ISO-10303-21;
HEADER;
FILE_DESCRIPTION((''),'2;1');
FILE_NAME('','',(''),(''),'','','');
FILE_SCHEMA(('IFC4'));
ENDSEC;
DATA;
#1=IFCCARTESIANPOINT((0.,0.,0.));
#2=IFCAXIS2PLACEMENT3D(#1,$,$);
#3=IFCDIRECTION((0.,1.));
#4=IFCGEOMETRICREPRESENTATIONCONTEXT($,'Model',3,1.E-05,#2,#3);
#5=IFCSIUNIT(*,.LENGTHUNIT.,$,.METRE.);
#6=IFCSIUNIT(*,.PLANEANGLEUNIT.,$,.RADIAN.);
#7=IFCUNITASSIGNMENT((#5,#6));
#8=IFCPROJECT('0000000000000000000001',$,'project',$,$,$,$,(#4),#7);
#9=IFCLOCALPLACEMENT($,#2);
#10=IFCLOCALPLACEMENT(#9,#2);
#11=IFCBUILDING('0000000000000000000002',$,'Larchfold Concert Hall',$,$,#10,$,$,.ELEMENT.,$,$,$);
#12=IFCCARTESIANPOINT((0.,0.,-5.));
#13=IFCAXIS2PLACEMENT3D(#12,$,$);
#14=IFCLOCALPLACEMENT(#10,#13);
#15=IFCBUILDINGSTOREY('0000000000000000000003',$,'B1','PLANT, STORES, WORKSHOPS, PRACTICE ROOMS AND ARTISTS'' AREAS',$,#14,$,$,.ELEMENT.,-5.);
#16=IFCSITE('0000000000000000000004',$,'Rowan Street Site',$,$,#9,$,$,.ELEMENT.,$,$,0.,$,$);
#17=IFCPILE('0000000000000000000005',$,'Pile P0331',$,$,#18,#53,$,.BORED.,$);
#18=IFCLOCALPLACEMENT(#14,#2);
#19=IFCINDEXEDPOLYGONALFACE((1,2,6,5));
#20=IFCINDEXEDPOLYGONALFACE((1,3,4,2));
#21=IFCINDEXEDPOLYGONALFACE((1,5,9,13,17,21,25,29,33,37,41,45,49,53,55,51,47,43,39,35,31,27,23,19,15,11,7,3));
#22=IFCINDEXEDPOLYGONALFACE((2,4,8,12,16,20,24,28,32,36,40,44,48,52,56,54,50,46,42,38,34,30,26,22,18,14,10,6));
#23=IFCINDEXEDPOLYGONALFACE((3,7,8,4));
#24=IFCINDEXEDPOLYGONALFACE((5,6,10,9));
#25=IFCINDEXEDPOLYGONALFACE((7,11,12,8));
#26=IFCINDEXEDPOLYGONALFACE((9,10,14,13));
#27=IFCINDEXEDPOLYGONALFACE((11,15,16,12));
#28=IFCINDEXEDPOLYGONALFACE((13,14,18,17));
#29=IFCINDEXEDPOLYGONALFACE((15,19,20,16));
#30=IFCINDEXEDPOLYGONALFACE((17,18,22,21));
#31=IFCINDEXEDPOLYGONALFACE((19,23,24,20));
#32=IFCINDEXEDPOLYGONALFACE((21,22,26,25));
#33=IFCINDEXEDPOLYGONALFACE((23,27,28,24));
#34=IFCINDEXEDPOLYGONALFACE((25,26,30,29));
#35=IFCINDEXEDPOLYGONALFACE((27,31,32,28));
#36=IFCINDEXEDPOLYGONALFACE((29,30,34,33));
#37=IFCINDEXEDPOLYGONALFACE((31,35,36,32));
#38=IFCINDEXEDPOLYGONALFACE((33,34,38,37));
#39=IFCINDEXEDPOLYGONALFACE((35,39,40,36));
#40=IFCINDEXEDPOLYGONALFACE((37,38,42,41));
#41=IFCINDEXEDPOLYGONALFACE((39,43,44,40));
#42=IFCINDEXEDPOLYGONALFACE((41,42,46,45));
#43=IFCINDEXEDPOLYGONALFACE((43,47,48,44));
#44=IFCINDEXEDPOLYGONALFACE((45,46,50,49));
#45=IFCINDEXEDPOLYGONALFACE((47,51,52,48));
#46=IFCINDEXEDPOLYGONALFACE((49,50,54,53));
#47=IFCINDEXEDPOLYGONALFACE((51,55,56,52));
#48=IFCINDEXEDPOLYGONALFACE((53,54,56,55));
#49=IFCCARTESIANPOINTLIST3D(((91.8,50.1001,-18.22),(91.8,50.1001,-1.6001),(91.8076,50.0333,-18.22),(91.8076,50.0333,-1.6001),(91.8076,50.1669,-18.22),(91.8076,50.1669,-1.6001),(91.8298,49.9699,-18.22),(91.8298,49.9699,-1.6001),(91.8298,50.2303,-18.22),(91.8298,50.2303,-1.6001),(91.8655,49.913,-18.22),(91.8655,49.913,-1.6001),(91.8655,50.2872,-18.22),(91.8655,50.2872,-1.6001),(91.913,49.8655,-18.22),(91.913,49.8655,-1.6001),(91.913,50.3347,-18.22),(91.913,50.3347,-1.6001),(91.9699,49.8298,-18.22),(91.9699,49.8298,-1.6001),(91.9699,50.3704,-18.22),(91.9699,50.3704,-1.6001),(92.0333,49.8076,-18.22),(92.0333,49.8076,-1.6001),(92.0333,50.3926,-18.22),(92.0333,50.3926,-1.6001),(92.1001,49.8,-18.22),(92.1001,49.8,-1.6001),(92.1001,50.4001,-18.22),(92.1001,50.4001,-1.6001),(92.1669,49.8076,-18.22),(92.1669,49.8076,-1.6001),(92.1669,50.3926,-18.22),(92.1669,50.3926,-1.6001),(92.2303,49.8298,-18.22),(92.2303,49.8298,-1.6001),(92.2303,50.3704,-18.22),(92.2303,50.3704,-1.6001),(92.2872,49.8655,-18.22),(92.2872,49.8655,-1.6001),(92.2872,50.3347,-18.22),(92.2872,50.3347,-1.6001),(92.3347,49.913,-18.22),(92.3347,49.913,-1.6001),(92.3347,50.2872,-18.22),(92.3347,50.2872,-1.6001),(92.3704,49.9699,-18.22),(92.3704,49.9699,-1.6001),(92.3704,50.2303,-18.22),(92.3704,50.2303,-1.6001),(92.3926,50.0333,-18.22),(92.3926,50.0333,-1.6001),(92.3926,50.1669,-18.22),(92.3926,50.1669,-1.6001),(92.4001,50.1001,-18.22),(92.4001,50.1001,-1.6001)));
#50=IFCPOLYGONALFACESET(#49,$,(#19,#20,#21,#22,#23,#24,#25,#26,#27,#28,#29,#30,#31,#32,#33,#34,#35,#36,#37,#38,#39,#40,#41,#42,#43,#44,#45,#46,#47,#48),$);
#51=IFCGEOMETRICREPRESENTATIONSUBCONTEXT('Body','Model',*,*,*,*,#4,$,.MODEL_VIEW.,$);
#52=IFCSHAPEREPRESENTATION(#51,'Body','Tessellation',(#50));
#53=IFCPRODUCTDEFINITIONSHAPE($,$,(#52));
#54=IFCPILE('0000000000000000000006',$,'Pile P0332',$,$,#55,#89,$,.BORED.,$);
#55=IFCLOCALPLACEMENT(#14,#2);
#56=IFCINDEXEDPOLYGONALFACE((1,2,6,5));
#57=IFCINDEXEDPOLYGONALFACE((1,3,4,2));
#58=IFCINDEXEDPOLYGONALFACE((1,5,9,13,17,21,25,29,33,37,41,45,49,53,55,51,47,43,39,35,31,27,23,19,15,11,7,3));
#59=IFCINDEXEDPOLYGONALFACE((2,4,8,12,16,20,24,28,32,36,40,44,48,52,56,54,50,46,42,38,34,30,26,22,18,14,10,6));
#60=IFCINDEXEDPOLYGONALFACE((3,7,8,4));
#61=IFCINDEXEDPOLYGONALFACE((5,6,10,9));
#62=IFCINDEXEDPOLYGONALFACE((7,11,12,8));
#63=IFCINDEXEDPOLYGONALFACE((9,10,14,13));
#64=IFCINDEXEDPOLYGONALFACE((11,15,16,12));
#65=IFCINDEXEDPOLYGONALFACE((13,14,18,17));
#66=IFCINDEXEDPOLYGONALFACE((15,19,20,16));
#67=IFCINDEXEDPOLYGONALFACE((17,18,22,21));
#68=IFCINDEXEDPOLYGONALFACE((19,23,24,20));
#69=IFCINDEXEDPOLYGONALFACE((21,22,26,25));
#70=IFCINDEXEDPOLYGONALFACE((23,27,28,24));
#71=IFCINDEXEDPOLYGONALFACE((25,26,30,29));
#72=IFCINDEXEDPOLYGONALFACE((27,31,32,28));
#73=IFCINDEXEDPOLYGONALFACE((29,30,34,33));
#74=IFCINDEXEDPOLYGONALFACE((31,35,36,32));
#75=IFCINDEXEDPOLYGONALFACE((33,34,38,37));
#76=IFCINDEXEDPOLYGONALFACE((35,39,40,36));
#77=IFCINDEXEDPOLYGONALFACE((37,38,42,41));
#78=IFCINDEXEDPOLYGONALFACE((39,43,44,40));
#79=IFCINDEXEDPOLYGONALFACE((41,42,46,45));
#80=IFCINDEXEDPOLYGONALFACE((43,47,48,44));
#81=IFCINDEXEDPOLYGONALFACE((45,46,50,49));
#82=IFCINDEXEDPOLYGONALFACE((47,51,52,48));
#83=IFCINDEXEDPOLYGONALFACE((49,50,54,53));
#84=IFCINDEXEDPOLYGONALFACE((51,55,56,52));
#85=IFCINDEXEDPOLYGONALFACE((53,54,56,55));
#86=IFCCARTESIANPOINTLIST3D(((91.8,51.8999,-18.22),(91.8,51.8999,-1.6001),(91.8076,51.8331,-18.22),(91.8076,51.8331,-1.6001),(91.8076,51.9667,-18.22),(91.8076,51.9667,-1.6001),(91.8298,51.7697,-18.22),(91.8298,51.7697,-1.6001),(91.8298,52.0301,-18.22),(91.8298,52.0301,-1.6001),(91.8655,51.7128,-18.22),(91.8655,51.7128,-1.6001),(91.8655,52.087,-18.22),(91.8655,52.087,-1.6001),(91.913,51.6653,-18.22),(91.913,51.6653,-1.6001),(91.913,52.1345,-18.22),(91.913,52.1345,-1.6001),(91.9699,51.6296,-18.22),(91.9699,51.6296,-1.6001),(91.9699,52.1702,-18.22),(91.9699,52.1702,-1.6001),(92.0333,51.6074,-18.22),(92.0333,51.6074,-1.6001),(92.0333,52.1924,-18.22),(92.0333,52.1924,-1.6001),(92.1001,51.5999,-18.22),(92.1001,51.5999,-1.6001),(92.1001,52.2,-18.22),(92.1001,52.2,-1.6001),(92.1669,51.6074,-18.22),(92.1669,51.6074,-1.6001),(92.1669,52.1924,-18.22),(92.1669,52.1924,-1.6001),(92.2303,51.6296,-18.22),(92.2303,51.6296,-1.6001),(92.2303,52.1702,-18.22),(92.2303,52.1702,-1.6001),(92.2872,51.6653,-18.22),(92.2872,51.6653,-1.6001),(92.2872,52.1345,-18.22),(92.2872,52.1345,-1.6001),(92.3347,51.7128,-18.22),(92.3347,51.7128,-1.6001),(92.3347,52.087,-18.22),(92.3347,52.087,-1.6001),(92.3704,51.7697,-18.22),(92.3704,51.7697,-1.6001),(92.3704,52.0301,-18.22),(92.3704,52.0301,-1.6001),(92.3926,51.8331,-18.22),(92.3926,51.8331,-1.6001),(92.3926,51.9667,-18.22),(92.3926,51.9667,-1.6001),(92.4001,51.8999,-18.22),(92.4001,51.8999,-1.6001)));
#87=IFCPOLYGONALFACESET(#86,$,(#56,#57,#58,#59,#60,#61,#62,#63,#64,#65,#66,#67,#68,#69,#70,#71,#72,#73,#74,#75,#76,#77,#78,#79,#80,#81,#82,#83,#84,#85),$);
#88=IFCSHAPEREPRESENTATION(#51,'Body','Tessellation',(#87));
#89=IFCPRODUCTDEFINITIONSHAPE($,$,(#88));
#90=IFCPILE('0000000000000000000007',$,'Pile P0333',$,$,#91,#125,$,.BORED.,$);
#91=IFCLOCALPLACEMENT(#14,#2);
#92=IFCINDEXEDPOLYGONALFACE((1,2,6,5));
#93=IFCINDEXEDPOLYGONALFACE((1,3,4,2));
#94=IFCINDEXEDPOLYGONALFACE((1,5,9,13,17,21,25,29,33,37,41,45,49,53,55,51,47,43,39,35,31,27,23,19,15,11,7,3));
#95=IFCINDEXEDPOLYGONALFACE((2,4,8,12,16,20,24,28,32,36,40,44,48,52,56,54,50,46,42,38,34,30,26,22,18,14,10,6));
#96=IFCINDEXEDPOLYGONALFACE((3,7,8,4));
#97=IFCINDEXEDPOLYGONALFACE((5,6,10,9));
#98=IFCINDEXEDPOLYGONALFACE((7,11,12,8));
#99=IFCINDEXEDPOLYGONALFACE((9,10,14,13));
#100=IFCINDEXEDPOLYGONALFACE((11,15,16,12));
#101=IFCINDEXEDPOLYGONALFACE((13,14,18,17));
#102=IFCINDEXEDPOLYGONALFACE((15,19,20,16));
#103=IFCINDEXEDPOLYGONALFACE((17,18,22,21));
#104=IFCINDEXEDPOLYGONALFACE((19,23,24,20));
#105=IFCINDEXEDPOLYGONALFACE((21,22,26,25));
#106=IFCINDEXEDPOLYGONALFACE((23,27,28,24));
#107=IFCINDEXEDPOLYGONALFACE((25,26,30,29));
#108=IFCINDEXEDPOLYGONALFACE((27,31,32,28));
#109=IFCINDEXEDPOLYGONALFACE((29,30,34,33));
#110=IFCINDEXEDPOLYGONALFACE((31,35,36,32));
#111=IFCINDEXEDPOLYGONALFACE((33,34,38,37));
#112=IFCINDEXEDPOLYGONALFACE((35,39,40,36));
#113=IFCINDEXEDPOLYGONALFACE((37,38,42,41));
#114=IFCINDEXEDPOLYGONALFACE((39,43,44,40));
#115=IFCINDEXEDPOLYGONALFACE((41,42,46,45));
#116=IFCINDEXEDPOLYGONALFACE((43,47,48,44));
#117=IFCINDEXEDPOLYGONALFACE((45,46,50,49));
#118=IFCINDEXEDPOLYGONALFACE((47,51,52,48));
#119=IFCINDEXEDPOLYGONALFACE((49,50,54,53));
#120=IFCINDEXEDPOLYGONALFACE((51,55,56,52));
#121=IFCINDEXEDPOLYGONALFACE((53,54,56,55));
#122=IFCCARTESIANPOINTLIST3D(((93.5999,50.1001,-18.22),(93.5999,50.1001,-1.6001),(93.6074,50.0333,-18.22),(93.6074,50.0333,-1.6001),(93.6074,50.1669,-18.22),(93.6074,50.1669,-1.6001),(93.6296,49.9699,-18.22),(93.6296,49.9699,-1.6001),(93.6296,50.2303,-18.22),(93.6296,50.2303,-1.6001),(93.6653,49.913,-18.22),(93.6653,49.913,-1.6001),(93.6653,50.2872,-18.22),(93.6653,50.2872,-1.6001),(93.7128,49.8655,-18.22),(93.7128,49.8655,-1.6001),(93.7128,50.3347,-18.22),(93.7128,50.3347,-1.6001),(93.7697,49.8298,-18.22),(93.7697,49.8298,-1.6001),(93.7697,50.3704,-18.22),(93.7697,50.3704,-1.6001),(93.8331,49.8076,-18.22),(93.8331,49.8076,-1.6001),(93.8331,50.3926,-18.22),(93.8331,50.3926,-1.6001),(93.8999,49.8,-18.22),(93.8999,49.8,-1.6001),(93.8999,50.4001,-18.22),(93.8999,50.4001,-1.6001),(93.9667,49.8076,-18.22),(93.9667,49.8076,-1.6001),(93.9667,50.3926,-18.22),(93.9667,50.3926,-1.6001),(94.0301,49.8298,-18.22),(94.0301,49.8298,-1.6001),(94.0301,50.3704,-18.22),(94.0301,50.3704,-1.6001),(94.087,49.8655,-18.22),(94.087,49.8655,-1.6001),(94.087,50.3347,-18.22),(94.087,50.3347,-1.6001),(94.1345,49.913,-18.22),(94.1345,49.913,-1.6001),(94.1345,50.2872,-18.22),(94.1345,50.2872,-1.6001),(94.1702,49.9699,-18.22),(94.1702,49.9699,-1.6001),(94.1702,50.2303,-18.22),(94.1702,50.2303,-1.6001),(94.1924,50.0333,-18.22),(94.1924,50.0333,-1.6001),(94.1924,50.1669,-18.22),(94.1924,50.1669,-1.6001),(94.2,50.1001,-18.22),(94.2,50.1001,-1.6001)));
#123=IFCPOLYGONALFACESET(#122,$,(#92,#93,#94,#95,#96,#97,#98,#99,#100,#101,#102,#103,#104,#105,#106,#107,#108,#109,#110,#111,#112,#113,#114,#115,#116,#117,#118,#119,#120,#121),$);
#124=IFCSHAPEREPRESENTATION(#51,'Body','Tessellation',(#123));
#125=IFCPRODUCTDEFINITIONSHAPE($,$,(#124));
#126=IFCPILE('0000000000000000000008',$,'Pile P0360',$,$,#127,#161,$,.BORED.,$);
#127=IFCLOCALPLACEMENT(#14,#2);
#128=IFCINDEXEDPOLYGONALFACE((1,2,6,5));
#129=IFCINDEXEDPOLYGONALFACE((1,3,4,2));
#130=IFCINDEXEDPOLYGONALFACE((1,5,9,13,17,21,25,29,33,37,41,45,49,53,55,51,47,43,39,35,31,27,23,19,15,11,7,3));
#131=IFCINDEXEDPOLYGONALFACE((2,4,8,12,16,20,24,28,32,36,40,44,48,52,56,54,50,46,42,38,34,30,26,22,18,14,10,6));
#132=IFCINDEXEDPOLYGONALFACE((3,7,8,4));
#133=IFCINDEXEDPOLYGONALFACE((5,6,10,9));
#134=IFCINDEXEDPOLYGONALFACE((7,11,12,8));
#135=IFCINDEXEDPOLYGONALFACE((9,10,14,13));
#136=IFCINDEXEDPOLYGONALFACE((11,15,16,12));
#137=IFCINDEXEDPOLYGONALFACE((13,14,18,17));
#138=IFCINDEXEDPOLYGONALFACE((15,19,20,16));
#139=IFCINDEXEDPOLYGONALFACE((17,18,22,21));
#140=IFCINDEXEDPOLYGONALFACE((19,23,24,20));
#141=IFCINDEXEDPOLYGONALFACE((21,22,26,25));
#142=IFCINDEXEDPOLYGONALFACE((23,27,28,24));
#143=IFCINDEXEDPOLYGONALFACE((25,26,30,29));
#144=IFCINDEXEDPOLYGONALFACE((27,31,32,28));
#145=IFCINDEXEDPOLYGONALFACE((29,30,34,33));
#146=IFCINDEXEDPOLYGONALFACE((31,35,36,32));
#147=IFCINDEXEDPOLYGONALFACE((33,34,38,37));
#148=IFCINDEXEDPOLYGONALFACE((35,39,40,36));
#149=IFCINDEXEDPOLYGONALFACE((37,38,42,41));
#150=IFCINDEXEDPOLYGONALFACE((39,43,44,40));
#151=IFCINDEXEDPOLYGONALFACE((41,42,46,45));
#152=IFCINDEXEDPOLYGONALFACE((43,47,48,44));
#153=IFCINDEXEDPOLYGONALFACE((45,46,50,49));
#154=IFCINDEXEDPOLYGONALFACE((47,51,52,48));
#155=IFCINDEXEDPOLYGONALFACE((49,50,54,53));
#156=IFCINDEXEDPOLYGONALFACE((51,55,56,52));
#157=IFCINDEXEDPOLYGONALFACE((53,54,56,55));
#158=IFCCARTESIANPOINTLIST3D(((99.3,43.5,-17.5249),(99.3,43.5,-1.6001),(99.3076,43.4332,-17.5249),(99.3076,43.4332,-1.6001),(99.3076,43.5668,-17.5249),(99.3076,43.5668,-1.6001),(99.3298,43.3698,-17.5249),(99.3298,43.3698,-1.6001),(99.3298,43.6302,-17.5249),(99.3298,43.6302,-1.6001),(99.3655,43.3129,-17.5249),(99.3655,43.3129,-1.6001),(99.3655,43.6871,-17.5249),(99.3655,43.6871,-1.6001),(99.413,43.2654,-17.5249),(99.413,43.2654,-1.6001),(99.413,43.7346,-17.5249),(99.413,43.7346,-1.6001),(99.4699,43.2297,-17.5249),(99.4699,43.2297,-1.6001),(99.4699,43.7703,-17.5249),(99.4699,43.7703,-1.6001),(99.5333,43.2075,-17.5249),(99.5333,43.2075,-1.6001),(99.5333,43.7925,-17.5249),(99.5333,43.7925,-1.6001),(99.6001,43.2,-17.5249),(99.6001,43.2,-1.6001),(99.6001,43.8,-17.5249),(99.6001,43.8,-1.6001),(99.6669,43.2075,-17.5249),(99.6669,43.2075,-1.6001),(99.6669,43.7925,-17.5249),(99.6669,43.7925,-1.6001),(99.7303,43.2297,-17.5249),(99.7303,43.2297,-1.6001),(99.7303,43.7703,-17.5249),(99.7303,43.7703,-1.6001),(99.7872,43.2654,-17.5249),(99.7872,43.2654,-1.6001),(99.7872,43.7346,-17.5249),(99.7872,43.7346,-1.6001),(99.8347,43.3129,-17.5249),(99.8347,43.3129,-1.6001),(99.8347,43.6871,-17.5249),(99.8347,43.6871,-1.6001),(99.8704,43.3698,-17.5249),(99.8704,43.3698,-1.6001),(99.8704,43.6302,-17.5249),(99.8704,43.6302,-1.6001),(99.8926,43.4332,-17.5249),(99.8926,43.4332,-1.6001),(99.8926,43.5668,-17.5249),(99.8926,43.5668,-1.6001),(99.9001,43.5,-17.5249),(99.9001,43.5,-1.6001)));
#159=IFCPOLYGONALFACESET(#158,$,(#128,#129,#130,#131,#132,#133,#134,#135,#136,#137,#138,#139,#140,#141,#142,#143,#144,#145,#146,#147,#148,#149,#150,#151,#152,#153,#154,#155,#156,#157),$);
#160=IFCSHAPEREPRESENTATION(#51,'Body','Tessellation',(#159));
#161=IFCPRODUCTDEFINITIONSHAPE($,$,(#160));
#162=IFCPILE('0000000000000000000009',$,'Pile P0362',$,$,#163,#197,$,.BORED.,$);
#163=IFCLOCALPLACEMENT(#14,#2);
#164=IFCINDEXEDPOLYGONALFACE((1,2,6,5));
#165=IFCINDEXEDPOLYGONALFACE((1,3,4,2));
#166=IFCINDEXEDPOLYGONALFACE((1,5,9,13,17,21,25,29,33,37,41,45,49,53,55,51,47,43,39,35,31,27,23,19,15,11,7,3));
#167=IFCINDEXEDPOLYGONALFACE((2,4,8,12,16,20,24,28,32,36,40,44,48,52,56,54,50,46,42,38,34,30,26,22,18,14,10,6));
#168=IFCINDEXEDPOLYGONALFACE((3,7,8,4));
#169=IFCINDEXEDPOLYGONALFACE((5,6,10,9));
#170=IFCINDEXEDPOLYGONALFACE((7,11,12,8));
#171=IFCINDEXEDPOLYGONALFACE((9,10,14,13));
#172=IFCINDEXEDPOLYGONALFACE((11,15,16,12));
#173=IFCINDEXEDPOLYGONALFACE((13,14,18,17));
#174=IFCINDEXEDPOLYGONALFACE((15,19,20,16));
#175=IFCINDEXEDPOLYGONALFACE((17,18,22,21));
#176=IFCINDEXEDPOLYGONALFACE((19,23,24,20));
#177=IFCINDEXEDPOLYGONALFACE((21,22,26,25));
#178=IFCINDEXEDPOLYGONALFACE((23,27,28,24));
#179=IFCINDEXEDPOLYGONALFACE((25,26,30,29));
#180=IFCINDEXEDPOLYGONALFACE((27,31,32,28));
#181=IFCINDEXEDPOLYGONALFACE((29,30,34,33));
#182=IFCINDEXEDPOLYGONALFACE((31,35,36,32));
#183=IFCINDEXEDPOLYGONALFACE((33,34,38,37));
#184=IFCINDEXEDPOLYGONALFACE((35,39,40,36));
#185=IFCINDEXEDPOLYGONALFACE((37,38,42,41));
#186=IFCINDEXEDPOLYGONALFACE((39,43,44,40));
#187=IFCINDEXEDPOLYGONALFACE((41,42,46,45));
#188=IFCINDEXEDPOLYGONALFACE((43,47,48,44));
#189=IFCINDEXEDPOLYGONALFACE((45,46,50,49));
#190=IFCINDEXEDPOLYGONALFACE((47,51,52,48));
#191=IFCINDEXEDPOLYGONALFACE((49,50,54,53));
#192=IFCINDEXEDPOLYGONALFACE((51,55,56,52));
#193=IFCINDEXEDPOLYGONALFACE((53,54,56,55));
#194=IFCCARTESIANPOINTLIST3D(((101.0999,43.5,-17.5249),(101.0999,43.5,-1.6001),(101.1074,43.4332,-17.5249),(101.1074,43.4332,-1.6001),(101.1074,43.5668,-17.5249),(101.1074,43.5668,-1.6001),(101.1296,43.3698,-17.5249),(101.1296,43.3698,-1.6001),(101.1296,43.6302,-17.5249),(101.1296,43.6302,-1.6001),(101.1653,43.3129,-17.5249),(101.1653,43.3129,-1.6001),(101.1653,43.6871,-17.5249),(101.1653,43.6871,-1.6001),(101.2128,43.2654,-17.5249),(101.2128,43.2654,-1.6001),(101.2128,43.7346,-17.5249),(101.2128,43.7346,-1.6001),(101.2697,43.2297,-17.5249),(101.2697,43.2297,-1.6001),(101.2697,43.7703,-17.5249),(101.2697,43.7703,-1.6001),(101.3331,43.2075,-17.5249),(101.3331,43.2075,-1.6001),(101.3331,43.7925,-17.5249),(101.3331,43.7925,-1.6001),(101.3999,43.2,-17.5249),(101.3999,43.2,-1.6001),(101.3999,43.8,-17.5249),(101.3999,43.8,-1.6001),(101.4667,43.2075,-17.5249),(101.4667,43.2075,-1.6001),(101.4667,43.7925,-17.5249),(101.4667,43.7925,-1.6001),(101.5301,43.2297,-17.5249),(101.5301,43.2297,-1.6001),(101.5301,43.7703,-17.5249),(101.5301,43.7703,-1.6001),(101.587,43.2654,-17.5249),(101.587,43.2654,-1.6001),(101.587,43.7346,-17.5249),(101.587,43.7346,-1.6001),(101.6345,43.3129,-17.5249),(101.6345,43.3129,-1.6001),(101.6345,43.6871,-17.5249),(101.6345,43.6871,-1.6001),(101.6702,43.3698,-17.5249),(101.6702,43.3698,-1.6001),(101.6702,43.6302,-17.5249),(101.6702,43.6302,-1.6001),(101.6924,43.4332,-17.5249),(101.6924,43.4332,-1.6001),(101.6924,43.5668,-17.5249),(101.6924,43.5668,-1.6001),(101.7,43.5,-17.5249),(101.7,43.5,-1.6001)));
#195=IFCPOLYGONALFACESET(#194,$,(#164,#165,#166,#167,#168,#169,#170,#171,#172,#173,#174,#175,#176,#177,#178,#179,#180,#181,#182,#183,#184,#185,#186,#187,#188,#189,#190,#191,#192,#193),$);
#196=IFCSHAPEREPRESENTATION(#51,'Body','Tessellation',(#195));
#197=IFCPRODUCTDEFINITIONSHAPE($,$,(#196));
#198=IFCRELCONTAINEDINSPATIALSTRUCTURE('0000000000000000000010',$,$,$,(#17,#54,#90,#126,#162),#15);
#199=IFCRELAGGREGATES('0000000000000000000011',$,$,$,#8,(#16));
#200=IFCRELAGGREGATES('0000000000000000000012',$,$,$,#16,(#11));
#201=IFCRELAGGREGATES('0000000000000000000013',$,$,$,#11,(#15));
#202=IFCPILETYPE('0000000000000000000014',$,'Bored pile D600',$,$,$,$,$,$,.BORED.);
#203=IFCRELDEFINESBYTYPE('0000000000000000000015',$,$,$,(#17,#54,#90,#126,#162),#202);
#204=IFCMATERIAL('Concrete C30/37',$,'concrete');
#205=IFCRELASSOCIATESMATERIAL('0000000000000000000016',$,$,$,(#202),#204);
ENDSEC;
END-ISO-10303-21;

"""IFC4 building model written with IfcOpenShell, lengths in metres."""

from ifc_helpers import new_model, si_unit, direction, frame, origin, origin_2d, place, context, subcontext, project, spatial, circle, extrude, material, material_profile, profile_set, type_object, element, save


model = new_model("IFC4")

# Units and contexts
model_context = context("Model", 3, precision=1e-05, world=origin(), true_north=direction((0.0, 1.0)))
body_context = subcontext(model_context, "Body", "Model", "MODEL_VIEW")
ifc_project = project(units=[si_unit("LENGTHUNIT", "METRE"), si_unit("PLANEANGLEUNIT", "RADIAN")], contexts=[model_context])

# Site, building, storey
site_placement = place(None, origin())
site = spatial("IfcSite", under=ifc_project, at=site_placement, Name="Rowan Street Site", CompositionType="ELEMENT", RefElevation=0.0)
building_placement = place(site_placement, origin())
building = spatial("IfcBuilding", under=site, at=building_placement, Name="Larchfold Concert Hall", CompositionType="ELEMENT")
storey_placement = place(building_placement, frame((0.0, 0.0, -5.0)))
storey = spatial("IfcBuildingStorey", under=building, at=storey_placement, Name="B1", Description="PLANT, STORES, WORKSHOPS, PRACTICE ROOMS AND ARTISTS' AREAS", CompositionType="ELEMENT", Elevation=-5.0)

# Piles
ifc_material_1 = material(Name="Concrete C30/37", Category="concrete")
ifc_material_profile_1 = material_profile(ifc_material_1, circle(Radius=0.3, at=origin_2d()))
ifc_profile_set_1 = profile_set([ifc_material_profile_1], Name="Concrete C30/37")
pile_type = type_object("IfcPileType", Name="Bored pile D600", PredefinedType="BORED", material=ifc_profile_set_1)
for number, where, z_axis, x_axis, name in (
    (1, (92.1001, 50.1001, -1.6001), (0.0, 0.0, -1.0), (1.0, 0.0, 0.0), "Pile P0331"),
    (2, (92.1001, 51.8999, -1.6001), (0.0, 0.0, -1.0), (1.0, 0.0, 0.0), "Pile P0332"),
    (3, (93.8999, 50.1001, -1.6001), (0.0, 0.0, -1.0), (1.0, 0.0, 0.0), "Pile P0333"),
):
    element("IfcPile", number, at=place(storey_placement, frame(where, z_axis=z_axis, x_axis=x_axis)), inside=storey, type_object=pile_type, Name=name, PredefinedType="BORED", context=body_context, shape_type="SweptSolid", body=[
        extrude(circle(Radius=0.3, at=origin_2d()), origin(), (0.0, 0.0, 1.0), 16.6199),
    ])
for number, where, z_axis, x_axis, name in (
    (4, (99.6001, 43.5, -1.6001), (0.0, 0.0, -1.0), (1.0, 0.0, 0.0), "Pile P0360"),
    (5, (101.3999, 43.5, -1.6001), (0.0, 0.0, -1.0), (1.0, 0.0, 0.0), "Pile P0362"),
):
    element("IfcPile", number, at=place(storey_placement, frame(where, z_axis=z_axis, x_axis=x_axis)), inside=storey, type_object=pile_type, Name=name, PredefinedType="BORED", context=body_context, shape_type="SweptSolid", body=[
        extrude(circle(Radius=0.3, at=origin_2d()), origin(), (0.0, 0.0, 1.0), 15.9248),
    ])

save(model, "model.ifc")
